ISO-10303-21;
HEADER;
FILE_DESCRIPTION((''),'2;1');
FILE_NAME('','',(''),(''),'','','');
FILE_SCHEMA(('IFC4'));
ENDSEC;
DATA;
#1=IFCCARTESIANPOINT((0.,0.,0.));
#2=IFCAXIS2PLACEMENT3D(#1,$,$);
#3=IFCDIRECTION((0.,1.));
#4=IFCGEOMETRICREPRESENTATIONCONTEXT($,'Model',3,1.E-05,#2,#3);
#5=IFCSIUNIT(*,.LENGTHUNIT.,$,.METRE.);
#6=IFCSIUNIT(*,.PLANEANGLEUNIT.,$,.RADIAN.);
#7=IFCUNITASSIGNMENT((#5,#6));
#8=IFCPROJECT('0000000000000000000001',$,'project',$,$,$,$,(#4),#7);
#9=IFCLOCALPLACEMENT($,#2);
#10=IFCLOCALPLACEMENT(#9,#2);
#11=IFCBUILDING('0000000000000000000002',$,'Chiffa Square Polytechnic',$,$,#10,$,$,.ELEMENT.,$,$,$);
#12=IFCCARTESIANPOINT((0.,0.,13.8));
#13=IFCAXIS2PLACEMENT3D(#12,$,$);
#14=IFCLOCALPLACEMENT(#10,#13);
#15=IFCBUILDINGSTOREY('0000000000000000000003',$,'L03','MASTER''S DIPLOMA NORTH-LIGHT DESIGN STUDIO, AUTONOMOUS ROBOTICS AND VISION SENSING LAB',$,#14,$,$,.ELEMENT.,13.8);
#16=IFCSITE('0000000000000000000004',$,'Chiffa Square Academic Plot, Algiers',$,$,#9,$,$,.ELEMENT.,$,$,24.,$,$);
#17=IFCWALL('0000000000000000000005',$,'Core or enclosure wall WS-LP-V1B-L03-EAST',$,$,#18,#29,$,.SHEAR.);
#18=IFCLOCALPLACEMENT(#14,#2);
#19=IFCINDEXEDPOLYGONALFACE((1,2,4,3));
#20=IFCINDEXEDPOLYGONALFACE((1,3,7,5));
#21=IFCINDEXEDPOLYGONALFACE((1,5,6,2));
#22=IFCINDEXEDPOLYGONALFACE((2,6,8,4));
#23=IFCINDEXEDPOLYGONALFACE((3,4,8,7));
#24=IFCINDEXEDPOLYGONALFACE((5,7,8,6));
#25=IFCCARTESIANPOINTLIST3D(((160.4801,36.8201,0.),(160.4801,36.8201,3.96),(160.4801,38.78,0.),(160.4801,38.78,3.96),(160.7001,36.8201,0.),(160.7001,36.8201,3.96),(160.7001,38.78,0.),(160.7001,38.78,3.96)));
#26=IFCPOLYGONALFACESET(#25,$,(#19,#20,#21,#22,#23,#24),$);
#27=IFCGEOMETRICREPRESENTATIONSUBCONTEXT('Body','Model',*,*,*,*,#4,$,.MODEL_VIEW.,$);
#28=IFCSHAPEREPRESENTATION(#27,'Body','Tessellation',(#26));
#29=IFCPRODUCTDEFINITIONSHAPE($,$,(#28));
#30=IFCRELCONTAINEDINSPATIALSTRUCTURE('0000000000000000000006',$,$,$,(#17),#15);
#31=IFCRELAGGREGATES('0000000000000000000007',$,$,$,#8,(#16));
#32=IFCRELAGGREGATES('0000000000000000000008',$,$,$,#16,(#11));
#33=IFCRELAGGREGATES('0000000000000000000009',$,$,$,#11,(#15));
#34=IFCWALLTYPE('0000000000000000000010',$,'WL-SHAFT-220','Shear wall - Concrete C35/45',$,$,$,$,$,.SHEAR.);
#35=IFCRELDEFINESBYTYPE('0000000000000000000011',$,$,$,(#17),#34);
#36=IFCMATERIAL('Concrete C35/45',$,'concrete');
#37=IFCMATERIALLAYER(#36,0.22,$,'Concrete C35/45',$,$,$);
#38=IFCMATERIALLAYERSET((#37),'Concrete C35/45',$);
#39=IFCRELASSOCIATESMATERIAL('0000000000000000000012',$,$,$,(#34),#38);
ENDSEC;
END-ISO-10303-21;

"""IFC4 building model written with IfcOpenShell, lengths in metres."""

from ifc_helpers import new_model, si_unit, direction, frame, frame_2d, origin, place, context, subcontext, project, spatial, rectangle, extrude, material, layer, layer_set, type_object, element, save


model = new_model("IFC4")

# Units and contexts
model_context = context("Model", 3, precision=1e-05, world=origin(), true_north=direction((0.0, 1.0)))
body_context = subcontext(model_context, "Body", "Model", "MODEL_VIEW")
ifc_project = project(units=[si_unit("LENGTHUNIT", "METRE"), si_unit("PLANEANGLEUNIT", "RADIAN")], contexts=[model_context])

# Site, building, storey
site_placement = place(None, origin())
site = spatial("IfcSite", under=ifc_project, at=site_placement, Name="Chiffa Square Academic Plot, Algiers", CompositionType="ELEMENT", RefElevation=24.0)
building_placement = place(site_placement, origin())
building = spatial("IfcBuilding", under=site, at=building_placement, Name="Chiffa Square Polytechnic", CompositionType="ELEMENT")
storey_placement = place(building_placement, frame((0.0, 0.0, 13.8)))
storey = spatial("IfcBuildingStorey", under=building, at=storey_placement, Name="L03", Description="MASTER'S DIPLOMA NORTH-LIGHT DESIGN STUDIO, AUTONOMOUS ROBOTICS AND VISION SENSING LAB", CompositionType="ELEMENT", Elevation=13.8)

# Shared definitions
ifc_material_1 = material(Name="Concrete C35/45", Category="concrete")

# Shared definitions
ifc_layer_1 = layer(ifc_material_1, 0.22, Name="Concrete C35/45")
ifc_layer_set_1 = layer_set([ifc_layer_1], Name="Concrete C35/45")
wall_type_1 = type_object("IfcWallType", Name="WL-SHAFT-220", Description="Shear wall - Concrete C35/45", PredefinedType="SHEAR", material=ifc_layer_set_1)

# Wall
wall_1_placement = place(storey_placement, frame((160.5901, 36.8201, 0.0), z_axis=(0.0, 0.0, 1.0), x_axis=(0.0, 1.0, 0.0)))
element("IfcWall", 1, at=wall_1_placement, inside=storey, type_object=wall_type_1, Name="Core or enclosure wall WS-LP-V1B-L03-EAST", PredefinedType="SHEAR", context=body_context, shape_type="SweptSolid", body=[
    extrude(rectangle(XDim=1.96, YDim=0.22, at=frame_2d((0.98, 0.0))), origin(), (0.0, 0.0, 1.0), 3.96),
])

save(model, "model.ifc")
